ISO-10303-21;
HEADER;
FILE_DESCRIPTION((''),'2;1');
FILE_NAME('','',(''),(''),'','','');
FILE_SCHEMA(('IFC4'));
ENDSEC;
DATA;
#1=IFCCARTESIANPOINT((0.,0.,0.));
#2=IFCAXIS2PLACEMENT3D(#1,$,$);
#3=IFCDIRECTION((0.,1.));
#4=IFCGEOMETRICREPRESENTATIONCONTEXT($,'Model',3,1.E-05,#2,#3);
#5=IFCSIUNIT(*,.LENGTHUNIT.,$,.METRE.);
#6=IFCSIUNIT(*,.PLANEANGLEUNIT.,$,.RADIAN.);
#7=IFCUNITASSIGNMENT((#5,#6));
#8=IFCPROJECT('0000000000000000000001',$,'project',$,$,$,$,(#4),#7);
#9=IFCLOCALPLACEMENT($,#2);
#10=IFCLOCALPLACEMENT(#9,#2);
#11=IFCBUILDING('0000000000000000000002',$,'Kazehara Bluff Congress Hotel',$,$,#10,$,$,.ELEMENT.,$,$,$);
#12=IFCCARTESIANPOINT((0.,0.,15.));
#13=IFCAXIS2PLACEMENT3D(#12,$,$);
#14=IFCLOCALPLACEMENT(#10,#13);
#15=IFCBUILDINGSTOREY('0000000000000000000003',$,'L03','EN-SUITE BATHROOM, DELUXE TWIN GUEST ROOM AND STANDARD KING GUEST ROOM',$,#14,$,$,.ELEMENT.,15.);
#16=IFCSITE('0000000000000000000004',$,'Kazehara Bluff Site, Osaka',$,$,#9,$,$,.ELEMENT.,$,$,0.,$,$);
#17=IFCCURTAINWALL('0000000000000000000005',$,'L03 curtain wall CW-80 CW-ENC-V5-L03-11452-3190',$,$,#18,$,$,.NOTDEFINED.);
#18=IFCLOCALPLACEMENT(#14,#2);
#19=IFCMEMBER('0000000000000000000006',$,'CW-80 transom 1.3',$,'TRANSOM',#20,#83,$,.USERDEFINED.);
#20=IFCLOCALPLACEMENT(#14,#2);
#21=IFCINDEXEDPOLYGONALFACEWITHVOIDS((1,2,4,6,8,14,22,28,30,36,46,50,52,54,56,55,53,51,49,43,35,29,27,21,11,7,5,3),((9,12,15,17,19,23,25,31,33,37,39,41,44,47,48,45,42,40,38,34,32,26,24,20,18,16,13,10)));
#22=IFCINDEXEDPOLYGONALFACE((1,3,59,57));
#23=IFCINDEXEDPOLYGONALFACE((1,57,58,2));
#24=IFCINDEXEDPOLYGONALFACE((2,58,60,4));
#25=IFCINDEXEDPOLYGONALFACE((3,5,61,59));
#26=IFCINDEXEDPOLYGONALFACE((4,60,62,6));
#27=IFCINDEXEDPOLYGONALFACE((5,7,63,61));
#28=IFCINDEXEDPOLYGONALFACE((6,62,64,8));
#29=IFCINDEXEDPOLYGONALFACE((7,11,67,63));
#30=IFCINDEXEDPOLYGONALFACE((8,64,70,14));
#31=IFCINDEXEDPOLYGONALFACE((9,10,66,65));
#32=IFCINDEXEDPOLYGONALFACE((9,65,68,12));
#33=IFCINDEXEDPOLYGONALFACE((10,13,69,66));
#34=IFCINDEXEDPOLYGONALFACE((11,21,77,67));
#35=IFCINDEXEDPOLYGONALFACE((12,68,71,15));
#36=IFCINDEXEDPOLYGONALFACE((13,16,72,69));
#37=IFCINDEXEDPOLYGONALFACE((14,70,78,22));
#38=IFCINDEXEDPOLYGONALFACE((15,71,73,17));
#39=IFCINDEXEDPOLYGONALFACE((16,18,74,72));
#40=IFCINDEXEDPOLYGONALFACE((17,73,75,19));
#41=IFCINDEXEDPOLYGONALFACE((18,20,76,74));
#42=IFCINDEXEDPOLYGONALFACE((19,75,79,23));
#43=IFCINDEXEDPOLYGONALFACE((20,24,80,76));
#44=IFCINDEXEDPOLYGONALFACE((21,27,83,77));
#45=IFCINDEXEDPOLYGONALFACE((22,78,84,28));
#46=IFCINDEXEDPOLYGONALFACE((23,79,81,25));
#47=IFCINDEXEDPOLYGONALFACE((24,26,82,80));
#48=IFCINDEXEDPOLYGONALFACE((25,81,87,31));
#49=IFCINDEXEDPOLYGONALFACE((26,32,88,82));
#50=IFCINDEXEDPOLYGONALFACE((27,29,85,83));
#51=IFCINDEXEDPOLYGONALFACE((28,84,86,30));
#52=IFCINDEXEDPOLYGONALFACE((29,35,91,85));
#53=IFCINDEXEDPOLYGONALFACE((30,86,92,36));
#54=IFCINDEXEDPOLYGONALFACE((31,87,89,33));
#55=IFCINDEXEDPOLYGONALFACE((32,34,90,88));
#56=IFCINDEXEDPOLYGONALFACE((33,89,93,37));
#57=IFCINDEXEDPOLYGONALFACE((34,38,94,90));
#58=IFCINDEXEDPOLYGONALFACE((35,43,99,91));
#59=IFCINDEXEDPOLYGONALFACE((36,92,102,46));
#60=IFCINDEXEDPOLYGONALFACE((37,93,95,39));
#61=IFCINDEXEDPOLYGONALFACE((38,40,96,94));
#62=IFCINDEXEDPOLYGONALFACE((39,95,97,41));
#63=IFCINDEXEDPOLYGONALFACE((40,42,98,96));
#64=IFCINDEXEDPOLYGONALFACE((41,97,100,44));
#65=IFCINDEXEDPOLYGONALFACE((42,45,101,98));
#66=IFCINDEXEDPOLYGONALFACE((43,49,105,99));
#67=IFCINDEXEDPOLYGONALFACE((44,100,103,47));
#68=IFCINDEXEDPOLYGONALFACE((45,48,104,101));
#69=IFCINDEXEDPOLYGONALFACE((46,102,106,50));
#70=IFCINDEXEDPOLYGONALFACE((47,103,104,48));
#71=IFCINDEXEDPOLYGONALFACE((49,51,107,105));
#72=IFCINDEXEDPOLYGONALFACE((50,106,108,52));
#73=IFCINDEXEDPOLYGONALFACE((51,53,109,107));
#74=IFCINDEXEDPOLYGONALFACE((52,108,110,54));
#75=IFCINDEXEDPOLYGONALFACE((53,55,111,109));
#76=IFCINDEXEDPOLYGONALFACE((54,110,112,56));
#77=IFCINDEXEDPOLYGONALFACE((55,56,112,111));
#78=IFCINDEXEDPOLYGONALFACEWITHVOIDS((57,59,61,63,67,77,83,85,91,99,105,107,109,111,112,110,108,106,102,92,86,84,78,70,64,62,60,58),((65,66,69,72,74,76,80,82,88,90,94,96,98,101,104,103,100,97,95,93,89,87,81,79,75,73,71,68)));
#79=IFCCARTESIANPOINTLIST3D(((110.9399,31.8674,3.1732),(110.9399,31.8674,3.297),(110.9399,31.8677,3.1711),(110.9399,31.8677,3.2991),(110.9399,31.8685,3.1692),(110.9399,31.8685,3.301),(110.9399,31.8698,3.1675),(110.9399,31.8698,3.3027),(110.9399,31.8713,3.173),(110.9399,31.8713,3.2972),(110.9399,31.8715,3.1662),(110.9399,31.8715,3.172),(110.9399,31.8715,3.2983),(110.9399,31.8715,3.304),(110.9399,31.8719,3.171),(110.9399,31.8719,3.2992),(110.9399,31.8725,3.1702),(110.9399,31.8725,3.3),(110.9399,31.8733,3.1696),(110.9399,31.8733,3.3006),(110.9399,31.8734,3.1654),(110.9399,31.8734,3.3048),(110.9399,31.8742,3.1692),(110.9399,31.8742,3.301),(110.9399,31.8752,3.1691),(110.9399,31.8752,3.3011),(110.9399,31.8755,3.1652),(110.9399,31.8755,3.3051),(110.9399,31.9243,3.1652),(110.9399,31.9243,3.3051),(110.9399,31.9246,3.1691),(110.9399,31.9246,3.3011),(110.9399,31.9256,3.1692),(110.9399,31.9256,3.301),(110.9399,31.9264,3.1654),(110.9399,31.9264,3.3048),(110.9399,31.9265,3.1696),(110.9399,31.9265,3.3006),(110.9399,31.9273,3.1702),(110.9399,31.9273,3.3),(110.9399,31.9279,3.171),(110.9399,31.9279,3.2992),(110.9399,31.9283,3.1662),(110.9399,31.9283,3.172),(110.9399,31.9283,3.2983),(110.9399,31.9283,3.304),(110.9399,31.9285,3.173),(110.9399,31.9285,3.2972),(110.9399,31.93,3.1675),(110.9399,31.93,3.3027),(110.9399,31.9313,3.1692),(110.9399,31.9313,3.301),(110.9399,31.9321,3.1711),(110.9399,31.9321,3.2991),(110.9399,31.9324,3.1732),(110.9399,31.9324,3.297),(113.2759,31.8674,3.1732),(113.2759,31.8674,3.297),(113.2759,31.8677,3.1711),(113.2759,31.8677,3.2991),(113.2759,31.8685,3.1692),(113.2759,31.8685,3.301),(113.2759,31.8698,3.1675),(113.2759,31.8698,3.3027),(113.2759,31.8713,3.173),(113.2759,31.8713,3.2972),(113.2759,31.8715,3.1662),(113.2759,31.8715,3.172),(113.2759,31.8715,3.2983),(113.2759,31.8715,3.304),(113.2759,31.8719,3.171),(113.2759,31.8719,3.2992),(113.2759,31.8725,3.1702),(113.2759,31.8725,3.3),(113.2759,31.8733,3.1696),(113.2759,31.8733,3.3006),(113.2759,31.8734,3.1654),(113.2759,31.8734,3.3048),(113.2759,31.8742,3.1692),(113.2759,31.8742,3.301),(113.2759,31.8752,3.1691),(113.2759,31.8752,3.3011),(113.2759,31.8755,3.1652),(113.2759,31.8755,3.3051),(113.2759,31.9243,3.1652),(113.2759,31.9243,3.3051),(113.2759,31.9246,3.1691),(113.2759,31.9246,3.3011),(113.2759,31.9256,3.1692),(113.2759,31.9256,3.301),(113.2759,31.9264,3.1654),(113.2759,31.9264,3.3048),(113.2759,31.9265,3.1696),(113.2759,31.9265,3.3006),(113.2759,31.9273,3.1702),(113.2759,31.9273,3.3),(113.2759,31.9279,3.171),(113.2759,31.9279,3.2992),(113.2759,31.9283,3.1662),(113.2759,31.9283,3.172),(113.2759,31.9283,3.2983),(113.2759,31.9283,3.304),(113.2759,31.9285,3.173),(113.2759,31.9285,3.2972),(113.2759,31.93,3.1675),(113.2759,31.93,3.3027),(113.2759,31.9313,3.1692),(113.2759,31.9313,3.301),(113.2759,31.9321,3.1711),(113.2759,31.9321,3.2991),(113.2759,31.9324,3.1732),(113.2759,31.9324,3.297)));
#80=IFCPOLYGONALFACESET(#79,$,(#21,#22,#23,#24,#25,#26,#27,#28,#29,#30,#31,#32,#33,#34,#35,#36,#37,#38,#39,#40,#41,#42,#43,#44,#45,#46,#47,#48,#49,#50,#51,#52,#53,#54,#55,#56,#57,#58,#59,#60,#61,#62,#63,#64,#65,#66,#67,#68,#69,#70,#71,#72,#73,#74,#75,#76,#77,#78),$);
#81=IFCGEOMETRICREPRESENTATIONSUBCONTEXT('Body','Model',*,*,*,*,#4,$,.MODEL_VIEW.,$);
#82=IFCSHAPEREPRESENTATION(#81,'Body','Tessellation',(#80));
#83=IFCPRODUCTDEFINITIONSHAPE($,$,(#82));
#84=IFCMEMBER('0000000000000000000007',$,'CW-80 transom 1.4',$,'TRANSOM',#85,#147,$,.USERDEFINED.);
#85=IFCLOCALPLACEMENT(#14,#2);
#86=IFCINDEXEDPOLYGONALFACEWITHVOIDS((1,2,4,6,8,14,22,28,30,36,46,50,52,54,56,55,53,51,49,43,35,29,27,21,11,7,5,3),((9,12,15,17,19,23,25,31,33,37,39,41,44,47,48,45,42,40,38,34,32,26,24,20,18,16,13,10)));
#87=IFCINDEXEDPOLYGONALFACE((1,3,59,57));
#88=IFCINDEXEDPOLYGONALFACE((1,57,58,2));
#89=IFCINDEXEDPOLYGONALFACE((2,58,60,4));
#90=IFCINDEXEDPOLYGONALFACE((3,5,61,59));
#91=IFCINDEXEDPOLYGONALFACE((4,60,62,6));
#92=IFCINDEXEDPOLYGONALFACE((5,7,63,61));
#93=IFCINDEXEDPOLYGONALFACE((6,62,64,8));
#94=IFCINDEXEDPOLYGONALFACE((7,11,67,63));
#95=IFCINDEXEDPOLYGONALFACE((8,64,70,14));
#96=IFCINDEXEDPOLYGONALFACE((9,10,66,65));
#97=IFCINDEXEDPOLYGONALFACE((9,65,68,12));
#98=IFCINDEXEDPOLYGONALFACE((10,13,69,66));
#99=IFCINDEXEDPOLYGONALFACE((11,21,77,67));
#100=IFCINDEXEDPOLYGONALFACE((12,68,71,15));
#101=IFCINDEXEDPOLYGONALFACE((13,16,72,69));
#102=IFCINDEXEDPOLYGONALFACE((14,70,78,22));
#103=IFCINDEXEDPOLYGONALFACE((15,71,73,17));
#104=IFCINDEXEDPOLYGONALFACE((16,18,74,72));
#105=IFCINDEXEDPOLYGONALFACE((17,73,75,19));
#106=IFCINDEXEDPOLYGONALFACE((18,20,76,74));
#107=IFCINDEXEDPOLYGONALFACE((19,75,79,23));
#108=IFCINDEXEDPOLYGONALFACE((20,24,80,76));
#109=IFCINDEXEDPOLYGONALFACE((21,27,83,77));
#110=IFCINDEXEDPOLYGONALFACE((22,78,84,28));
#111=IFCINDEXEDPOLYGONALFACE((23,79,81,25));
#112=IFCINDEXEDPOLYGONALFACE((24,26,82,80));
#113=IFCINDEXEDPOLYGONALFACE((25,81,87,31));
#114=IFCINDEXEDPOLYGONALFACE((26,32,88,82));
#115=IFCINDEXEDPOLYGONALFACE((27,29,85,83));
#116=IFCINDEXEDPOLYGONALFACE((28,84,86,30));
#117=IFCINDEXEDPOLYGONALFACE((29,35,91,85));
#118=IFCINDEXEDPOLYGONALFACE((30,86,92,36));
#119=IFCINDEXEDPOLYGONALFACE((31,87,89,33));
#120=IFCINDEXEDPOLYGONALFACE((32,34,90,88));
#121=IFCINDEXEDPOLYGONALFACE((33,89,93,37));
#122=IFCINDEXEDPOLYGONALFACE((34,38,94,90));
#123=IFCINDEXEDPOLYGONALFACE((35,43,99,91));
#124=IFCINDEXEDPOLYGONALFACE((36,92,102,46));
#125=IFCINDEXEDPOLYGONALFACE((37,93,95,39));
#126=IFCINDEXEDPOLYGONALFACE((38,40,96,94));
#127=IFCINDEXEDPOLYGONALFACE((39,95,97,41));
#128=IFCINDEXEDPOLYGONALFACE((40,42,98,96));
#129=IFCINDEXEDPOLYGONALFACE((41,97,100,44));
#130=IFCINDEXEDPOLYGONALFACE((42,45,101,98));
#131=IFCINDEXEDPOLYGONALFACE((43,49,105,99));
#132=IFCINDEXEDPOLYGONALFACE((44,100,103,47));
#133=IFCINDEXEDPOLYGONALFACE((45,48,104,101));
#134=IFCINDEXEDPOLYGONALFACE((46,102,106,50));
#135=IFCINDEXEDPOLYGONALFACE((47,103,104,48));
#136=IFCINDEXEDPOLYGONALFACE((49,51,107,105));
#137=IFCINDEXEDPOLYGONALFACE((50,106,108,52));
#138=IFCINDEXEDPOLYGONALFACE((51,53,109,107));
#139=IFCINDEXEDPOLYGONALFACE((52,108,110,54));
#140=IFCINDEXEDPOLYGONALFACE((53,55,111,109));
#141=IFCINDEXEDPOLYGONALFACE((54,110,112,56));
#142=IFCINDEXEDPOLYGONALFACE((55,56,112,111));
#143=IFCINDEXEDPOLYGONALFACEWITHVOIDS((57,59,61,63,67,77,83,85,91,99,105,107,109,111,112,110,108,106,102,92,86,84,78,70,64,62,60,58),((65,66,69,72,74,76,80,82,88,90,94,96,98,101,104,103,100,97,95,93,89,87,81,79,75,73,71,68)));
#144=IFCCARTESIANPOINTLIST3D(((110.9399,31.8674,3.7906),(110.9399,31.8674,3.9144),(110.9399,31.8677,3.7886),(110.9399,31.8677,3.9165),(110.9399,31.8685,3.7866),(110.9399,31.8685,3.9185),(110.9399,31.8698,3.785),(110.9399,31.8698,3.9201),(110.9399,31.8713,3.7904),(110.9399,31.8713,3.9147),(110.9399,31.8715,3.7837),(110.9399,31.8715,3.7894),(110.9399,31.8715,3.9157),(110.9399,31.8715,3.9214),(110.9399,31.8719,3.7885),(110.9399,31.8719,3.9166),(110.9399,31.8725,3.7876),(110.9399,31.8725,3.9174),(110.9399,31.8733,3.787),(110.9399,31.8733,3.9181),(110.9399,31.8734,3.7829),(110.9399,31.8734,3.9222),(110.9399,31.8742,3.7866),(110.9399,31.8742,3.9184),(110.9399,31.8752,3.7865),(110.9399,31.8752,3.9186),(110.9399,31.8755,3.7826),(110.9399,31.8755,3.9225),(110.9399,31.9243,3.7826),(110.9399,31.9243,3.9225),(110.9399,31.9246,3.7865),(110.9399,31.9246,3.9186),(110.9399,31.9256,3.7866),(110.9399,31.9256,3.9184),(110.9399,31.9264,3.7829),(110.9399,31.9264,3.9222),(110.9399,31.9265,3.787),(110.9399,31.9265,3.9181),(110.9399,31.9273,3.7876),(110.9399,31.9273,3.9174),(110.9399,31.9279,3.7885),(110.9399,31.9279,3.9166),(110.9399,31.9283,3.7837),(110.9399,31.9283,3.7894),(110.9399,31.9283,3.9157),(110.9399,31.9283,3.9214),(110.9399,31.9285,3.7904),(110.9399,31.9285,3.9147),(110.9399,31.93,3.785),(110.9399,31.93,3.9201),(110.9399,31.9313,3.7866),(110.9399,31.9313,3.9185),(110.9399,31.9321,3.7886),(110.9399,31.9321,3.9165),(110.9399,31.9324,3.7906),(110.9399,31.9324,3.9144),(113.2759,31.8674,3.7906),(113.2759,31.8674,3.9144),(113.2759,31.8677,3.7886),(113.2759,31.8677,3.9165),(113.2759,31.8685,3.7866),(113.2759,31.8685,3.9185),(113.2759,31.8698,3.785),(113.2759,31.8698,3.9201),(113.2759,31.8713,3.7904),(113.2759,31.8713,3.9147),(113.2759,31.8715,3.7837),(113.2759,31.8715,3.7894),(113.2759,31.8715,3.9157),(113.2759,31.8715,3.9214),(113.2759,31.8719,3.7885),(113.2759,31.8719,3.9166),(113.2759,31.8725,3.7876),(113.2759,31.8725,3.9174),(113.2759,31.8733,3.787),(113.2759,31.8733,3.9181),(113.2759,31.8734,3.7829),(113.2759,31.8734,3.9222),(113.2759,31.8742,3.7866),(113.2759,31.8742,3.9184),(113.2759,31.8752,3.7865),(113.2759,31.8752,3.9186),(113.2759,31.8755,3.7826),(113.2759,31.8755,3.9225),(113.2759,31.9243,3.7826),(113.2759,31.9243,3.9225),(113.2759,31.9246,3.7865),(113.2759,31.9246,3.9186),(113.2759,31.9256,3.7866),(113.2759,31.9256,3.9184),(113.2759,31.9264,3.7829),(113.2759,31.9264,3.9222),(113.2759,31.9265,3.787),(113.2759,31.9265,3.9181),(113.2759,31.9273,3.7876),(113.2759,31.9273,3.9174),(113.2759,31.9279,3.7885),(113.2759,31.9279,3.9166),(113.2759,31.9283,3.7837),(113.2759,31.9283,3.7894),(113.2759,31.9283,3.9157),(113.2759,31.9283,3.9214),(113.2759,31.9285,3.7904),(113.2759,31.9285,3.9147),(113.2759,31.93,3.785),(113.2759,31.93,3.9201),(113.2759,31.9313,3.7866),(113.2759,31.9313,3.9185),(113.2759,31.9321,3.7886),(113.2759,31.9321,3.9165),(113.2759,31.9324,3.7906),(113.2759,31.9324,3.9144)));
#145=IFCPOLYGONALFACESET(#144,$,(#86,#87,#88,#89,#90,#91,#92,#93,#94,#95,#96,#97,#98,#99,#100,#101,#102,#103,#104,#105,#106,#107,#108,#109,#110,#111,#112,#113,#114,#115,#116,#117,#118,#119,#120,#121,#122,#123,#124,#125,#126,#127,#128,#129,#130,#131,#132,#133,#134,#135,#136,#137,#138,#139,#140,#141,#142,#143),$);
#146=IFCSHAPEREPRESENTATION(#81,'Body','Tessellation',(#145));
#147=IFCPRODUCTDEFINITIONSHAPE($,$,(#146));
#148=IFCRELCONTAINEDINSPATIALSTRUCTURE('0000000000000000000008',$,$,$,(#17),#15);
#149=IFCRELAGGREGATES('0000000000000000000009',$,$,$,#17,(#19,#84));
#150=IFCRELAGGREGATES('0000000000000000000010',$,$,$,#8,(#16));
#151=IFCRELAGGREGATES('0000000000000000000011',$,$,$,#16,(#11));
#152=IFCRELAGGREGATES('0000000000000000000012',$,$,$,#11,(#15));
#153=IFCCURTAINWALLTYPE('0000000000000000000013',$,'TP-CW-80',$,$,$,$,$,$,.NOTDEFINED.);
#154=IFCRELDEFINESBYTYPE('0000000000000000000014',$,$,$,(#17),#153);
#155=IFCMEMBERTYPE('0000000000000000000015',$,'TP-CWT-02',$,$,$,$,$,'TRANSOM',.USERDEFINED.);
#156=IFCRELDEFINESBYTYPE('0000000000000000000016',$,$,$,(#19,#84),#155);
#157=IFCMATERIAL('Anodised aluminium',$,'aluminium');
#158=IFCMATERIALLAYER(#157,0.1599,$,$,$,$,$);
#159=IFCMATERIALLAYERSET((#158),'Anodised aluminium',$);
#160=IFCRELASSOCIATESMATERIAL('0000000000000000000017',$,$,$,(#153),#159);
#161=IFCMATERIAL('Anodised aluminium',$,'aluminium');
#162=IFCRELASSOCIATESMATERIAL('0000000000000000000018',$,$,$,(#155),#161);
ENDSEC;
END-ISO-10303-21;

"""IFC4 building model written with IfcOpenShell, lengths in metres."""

from ifc_helpers import new_model, si_unit, direction, frame, origin, origin_2d, place, context, subcontext, project, spatial, hollow_rectangle, extrude, material, layer, layer_set, material_profile, profile_set, type_object, element, aggregate, save


model = new_model("IFC4")

# Units and contexts
model_context = context("Model", 3, precision=1e-05, world=origin(), true_north=direction((0.0, 1.0)))
body_context = subcontext(model_context, "Body", "Model", "MODEL_VIEW")
ifc_project = project(units=[si_unit("LENGTHUNIT", "METRE"), si_unit("PLANEANGLEUNIT", "RADIAN")], contexts=[model_context])

# Site, building, storey
site_placement = place(None, origin())
site = spatial("IfcSite", under=ifc_project, at=site_placement, Name="Kazehara Bluff Site, Osaka", CompositionType="ELEMENT", RefElevation=0.0)
building_placement = place(site_placement, origin())
building = spatial("IfcBuilding", under=site, at=building_placement, Name="Kazehara Bluff Congress Hotel", CompositionType="ELEMENT")
storey_placement = place(building_placement, frame((0.0, 0.0, 15.0)))
storey = spatial("IfcBuildingStorey", under=building, at=storey_placement, Name="L03", Description="EN-SUITE BATHROOM, DELUXE TWIN GUEST ROOM AND STANDARD KING GUEST ROOM", CompositionType="ELEMENT", Elevation=15.0)

# Curtain wall, members
ifc_material_1 = material(Name="Anodised aluminium", Category="aluminium")
ifc_layer_1 = layer(ifc_material_1, 0.1599)
ifc_layer_set_1 = layer_set([ifc_layer_1], Name="Anodised aluminium")
curtain_wall_type_1 = type_object("IfcCurtainWallType", Name="TP-CW-80", PredefinedType="NOTDEFINED", material=ifc_layer_set_1)
curtain_wall_1_placement = place(storey_placement, origin())
curtain_wall_1 = element("IfcCurtainWall", 1, at=curtain_wall_1_placement, inside=storey, type_object=curtain_wall_type_1, Name="L03 curtain wall CW-80 CW-ENC-V5-L03-11452-3190", PredefinedType="NOTDEFINED")
ifc_material_2 = material(Name="Anodised aluminium", Category="aluminium")
ifc_material_profile_1 = material_profile(ifc_material_2, hollow_rectangle(XDim=0.0649, YDim=0.1399, WallThickness=0.0039, InnerFilletRadius=0.0039, OuterFilletRadius=0.0081, at=origin_2d()))
ifc_profile_set_1 = profile_set([ifc_material_profile_1], Name="Anodised aluminium")
member_type_1 = type_object("IfcMemberType", Name="TP-CWT-02", ElementType="TRANSOM", PredefinedType="USERDEFINED", material=ifc_profile_set_1)
member_1_placement = place(storey_placement, frame((110.9399, 31.8999, 3.2351), z_axis=(1.0, 0.0, 0.0), x_axis=(0.0, 1.0, 0.0)))
member_1 = element("IfcMember", 2, at=member_1_placement, type_object=member_type_1, Name="CW-80 transom 1.3", ObjectType="TRANSOM", PredefinedType="USERDEFINED", context=body_context, shape_type="SweptSolid", body=[
    extrude(hollow_rectangle(XDim=0.0649, YDim=0.1399, WallThickness=0.0039, InnerFilletRadius=0.0039, OuterFilletRadius=0.0081, at=origin_2d()), origin(), (0.0, 0.0, 1.0), 2.3359),
])
member_2_placement = place(storey_placement, frame((110.9399, 31.8999, 3.8525), z_axis=(1.0, 0.0, 0.0), x_axis=(0.0, 1.0, 0.0)))
member_2 = element("IfcMember", 3, at=member_2_placement, type_object=member_type_1, Name="CW-80 transom 1.4", ObjectType="TRANSOM", PredefinedType="USERDEFINED", context=body_context, shape_type="SweptSolid", body=[
    extrude(hollow_rectangle(XDim=0.0649, YDim=0.1399, WallThickness=0.0039, InnerFilletRadius=0.0039, OuterFilletRadius=0.0081, at=origin_2d()), origin(), (0.0, 0.0, 1.0), 2.3359),
])

aggregate(curtain_wall_1, [member_1, member_2])

save(model, "model.ifc")
